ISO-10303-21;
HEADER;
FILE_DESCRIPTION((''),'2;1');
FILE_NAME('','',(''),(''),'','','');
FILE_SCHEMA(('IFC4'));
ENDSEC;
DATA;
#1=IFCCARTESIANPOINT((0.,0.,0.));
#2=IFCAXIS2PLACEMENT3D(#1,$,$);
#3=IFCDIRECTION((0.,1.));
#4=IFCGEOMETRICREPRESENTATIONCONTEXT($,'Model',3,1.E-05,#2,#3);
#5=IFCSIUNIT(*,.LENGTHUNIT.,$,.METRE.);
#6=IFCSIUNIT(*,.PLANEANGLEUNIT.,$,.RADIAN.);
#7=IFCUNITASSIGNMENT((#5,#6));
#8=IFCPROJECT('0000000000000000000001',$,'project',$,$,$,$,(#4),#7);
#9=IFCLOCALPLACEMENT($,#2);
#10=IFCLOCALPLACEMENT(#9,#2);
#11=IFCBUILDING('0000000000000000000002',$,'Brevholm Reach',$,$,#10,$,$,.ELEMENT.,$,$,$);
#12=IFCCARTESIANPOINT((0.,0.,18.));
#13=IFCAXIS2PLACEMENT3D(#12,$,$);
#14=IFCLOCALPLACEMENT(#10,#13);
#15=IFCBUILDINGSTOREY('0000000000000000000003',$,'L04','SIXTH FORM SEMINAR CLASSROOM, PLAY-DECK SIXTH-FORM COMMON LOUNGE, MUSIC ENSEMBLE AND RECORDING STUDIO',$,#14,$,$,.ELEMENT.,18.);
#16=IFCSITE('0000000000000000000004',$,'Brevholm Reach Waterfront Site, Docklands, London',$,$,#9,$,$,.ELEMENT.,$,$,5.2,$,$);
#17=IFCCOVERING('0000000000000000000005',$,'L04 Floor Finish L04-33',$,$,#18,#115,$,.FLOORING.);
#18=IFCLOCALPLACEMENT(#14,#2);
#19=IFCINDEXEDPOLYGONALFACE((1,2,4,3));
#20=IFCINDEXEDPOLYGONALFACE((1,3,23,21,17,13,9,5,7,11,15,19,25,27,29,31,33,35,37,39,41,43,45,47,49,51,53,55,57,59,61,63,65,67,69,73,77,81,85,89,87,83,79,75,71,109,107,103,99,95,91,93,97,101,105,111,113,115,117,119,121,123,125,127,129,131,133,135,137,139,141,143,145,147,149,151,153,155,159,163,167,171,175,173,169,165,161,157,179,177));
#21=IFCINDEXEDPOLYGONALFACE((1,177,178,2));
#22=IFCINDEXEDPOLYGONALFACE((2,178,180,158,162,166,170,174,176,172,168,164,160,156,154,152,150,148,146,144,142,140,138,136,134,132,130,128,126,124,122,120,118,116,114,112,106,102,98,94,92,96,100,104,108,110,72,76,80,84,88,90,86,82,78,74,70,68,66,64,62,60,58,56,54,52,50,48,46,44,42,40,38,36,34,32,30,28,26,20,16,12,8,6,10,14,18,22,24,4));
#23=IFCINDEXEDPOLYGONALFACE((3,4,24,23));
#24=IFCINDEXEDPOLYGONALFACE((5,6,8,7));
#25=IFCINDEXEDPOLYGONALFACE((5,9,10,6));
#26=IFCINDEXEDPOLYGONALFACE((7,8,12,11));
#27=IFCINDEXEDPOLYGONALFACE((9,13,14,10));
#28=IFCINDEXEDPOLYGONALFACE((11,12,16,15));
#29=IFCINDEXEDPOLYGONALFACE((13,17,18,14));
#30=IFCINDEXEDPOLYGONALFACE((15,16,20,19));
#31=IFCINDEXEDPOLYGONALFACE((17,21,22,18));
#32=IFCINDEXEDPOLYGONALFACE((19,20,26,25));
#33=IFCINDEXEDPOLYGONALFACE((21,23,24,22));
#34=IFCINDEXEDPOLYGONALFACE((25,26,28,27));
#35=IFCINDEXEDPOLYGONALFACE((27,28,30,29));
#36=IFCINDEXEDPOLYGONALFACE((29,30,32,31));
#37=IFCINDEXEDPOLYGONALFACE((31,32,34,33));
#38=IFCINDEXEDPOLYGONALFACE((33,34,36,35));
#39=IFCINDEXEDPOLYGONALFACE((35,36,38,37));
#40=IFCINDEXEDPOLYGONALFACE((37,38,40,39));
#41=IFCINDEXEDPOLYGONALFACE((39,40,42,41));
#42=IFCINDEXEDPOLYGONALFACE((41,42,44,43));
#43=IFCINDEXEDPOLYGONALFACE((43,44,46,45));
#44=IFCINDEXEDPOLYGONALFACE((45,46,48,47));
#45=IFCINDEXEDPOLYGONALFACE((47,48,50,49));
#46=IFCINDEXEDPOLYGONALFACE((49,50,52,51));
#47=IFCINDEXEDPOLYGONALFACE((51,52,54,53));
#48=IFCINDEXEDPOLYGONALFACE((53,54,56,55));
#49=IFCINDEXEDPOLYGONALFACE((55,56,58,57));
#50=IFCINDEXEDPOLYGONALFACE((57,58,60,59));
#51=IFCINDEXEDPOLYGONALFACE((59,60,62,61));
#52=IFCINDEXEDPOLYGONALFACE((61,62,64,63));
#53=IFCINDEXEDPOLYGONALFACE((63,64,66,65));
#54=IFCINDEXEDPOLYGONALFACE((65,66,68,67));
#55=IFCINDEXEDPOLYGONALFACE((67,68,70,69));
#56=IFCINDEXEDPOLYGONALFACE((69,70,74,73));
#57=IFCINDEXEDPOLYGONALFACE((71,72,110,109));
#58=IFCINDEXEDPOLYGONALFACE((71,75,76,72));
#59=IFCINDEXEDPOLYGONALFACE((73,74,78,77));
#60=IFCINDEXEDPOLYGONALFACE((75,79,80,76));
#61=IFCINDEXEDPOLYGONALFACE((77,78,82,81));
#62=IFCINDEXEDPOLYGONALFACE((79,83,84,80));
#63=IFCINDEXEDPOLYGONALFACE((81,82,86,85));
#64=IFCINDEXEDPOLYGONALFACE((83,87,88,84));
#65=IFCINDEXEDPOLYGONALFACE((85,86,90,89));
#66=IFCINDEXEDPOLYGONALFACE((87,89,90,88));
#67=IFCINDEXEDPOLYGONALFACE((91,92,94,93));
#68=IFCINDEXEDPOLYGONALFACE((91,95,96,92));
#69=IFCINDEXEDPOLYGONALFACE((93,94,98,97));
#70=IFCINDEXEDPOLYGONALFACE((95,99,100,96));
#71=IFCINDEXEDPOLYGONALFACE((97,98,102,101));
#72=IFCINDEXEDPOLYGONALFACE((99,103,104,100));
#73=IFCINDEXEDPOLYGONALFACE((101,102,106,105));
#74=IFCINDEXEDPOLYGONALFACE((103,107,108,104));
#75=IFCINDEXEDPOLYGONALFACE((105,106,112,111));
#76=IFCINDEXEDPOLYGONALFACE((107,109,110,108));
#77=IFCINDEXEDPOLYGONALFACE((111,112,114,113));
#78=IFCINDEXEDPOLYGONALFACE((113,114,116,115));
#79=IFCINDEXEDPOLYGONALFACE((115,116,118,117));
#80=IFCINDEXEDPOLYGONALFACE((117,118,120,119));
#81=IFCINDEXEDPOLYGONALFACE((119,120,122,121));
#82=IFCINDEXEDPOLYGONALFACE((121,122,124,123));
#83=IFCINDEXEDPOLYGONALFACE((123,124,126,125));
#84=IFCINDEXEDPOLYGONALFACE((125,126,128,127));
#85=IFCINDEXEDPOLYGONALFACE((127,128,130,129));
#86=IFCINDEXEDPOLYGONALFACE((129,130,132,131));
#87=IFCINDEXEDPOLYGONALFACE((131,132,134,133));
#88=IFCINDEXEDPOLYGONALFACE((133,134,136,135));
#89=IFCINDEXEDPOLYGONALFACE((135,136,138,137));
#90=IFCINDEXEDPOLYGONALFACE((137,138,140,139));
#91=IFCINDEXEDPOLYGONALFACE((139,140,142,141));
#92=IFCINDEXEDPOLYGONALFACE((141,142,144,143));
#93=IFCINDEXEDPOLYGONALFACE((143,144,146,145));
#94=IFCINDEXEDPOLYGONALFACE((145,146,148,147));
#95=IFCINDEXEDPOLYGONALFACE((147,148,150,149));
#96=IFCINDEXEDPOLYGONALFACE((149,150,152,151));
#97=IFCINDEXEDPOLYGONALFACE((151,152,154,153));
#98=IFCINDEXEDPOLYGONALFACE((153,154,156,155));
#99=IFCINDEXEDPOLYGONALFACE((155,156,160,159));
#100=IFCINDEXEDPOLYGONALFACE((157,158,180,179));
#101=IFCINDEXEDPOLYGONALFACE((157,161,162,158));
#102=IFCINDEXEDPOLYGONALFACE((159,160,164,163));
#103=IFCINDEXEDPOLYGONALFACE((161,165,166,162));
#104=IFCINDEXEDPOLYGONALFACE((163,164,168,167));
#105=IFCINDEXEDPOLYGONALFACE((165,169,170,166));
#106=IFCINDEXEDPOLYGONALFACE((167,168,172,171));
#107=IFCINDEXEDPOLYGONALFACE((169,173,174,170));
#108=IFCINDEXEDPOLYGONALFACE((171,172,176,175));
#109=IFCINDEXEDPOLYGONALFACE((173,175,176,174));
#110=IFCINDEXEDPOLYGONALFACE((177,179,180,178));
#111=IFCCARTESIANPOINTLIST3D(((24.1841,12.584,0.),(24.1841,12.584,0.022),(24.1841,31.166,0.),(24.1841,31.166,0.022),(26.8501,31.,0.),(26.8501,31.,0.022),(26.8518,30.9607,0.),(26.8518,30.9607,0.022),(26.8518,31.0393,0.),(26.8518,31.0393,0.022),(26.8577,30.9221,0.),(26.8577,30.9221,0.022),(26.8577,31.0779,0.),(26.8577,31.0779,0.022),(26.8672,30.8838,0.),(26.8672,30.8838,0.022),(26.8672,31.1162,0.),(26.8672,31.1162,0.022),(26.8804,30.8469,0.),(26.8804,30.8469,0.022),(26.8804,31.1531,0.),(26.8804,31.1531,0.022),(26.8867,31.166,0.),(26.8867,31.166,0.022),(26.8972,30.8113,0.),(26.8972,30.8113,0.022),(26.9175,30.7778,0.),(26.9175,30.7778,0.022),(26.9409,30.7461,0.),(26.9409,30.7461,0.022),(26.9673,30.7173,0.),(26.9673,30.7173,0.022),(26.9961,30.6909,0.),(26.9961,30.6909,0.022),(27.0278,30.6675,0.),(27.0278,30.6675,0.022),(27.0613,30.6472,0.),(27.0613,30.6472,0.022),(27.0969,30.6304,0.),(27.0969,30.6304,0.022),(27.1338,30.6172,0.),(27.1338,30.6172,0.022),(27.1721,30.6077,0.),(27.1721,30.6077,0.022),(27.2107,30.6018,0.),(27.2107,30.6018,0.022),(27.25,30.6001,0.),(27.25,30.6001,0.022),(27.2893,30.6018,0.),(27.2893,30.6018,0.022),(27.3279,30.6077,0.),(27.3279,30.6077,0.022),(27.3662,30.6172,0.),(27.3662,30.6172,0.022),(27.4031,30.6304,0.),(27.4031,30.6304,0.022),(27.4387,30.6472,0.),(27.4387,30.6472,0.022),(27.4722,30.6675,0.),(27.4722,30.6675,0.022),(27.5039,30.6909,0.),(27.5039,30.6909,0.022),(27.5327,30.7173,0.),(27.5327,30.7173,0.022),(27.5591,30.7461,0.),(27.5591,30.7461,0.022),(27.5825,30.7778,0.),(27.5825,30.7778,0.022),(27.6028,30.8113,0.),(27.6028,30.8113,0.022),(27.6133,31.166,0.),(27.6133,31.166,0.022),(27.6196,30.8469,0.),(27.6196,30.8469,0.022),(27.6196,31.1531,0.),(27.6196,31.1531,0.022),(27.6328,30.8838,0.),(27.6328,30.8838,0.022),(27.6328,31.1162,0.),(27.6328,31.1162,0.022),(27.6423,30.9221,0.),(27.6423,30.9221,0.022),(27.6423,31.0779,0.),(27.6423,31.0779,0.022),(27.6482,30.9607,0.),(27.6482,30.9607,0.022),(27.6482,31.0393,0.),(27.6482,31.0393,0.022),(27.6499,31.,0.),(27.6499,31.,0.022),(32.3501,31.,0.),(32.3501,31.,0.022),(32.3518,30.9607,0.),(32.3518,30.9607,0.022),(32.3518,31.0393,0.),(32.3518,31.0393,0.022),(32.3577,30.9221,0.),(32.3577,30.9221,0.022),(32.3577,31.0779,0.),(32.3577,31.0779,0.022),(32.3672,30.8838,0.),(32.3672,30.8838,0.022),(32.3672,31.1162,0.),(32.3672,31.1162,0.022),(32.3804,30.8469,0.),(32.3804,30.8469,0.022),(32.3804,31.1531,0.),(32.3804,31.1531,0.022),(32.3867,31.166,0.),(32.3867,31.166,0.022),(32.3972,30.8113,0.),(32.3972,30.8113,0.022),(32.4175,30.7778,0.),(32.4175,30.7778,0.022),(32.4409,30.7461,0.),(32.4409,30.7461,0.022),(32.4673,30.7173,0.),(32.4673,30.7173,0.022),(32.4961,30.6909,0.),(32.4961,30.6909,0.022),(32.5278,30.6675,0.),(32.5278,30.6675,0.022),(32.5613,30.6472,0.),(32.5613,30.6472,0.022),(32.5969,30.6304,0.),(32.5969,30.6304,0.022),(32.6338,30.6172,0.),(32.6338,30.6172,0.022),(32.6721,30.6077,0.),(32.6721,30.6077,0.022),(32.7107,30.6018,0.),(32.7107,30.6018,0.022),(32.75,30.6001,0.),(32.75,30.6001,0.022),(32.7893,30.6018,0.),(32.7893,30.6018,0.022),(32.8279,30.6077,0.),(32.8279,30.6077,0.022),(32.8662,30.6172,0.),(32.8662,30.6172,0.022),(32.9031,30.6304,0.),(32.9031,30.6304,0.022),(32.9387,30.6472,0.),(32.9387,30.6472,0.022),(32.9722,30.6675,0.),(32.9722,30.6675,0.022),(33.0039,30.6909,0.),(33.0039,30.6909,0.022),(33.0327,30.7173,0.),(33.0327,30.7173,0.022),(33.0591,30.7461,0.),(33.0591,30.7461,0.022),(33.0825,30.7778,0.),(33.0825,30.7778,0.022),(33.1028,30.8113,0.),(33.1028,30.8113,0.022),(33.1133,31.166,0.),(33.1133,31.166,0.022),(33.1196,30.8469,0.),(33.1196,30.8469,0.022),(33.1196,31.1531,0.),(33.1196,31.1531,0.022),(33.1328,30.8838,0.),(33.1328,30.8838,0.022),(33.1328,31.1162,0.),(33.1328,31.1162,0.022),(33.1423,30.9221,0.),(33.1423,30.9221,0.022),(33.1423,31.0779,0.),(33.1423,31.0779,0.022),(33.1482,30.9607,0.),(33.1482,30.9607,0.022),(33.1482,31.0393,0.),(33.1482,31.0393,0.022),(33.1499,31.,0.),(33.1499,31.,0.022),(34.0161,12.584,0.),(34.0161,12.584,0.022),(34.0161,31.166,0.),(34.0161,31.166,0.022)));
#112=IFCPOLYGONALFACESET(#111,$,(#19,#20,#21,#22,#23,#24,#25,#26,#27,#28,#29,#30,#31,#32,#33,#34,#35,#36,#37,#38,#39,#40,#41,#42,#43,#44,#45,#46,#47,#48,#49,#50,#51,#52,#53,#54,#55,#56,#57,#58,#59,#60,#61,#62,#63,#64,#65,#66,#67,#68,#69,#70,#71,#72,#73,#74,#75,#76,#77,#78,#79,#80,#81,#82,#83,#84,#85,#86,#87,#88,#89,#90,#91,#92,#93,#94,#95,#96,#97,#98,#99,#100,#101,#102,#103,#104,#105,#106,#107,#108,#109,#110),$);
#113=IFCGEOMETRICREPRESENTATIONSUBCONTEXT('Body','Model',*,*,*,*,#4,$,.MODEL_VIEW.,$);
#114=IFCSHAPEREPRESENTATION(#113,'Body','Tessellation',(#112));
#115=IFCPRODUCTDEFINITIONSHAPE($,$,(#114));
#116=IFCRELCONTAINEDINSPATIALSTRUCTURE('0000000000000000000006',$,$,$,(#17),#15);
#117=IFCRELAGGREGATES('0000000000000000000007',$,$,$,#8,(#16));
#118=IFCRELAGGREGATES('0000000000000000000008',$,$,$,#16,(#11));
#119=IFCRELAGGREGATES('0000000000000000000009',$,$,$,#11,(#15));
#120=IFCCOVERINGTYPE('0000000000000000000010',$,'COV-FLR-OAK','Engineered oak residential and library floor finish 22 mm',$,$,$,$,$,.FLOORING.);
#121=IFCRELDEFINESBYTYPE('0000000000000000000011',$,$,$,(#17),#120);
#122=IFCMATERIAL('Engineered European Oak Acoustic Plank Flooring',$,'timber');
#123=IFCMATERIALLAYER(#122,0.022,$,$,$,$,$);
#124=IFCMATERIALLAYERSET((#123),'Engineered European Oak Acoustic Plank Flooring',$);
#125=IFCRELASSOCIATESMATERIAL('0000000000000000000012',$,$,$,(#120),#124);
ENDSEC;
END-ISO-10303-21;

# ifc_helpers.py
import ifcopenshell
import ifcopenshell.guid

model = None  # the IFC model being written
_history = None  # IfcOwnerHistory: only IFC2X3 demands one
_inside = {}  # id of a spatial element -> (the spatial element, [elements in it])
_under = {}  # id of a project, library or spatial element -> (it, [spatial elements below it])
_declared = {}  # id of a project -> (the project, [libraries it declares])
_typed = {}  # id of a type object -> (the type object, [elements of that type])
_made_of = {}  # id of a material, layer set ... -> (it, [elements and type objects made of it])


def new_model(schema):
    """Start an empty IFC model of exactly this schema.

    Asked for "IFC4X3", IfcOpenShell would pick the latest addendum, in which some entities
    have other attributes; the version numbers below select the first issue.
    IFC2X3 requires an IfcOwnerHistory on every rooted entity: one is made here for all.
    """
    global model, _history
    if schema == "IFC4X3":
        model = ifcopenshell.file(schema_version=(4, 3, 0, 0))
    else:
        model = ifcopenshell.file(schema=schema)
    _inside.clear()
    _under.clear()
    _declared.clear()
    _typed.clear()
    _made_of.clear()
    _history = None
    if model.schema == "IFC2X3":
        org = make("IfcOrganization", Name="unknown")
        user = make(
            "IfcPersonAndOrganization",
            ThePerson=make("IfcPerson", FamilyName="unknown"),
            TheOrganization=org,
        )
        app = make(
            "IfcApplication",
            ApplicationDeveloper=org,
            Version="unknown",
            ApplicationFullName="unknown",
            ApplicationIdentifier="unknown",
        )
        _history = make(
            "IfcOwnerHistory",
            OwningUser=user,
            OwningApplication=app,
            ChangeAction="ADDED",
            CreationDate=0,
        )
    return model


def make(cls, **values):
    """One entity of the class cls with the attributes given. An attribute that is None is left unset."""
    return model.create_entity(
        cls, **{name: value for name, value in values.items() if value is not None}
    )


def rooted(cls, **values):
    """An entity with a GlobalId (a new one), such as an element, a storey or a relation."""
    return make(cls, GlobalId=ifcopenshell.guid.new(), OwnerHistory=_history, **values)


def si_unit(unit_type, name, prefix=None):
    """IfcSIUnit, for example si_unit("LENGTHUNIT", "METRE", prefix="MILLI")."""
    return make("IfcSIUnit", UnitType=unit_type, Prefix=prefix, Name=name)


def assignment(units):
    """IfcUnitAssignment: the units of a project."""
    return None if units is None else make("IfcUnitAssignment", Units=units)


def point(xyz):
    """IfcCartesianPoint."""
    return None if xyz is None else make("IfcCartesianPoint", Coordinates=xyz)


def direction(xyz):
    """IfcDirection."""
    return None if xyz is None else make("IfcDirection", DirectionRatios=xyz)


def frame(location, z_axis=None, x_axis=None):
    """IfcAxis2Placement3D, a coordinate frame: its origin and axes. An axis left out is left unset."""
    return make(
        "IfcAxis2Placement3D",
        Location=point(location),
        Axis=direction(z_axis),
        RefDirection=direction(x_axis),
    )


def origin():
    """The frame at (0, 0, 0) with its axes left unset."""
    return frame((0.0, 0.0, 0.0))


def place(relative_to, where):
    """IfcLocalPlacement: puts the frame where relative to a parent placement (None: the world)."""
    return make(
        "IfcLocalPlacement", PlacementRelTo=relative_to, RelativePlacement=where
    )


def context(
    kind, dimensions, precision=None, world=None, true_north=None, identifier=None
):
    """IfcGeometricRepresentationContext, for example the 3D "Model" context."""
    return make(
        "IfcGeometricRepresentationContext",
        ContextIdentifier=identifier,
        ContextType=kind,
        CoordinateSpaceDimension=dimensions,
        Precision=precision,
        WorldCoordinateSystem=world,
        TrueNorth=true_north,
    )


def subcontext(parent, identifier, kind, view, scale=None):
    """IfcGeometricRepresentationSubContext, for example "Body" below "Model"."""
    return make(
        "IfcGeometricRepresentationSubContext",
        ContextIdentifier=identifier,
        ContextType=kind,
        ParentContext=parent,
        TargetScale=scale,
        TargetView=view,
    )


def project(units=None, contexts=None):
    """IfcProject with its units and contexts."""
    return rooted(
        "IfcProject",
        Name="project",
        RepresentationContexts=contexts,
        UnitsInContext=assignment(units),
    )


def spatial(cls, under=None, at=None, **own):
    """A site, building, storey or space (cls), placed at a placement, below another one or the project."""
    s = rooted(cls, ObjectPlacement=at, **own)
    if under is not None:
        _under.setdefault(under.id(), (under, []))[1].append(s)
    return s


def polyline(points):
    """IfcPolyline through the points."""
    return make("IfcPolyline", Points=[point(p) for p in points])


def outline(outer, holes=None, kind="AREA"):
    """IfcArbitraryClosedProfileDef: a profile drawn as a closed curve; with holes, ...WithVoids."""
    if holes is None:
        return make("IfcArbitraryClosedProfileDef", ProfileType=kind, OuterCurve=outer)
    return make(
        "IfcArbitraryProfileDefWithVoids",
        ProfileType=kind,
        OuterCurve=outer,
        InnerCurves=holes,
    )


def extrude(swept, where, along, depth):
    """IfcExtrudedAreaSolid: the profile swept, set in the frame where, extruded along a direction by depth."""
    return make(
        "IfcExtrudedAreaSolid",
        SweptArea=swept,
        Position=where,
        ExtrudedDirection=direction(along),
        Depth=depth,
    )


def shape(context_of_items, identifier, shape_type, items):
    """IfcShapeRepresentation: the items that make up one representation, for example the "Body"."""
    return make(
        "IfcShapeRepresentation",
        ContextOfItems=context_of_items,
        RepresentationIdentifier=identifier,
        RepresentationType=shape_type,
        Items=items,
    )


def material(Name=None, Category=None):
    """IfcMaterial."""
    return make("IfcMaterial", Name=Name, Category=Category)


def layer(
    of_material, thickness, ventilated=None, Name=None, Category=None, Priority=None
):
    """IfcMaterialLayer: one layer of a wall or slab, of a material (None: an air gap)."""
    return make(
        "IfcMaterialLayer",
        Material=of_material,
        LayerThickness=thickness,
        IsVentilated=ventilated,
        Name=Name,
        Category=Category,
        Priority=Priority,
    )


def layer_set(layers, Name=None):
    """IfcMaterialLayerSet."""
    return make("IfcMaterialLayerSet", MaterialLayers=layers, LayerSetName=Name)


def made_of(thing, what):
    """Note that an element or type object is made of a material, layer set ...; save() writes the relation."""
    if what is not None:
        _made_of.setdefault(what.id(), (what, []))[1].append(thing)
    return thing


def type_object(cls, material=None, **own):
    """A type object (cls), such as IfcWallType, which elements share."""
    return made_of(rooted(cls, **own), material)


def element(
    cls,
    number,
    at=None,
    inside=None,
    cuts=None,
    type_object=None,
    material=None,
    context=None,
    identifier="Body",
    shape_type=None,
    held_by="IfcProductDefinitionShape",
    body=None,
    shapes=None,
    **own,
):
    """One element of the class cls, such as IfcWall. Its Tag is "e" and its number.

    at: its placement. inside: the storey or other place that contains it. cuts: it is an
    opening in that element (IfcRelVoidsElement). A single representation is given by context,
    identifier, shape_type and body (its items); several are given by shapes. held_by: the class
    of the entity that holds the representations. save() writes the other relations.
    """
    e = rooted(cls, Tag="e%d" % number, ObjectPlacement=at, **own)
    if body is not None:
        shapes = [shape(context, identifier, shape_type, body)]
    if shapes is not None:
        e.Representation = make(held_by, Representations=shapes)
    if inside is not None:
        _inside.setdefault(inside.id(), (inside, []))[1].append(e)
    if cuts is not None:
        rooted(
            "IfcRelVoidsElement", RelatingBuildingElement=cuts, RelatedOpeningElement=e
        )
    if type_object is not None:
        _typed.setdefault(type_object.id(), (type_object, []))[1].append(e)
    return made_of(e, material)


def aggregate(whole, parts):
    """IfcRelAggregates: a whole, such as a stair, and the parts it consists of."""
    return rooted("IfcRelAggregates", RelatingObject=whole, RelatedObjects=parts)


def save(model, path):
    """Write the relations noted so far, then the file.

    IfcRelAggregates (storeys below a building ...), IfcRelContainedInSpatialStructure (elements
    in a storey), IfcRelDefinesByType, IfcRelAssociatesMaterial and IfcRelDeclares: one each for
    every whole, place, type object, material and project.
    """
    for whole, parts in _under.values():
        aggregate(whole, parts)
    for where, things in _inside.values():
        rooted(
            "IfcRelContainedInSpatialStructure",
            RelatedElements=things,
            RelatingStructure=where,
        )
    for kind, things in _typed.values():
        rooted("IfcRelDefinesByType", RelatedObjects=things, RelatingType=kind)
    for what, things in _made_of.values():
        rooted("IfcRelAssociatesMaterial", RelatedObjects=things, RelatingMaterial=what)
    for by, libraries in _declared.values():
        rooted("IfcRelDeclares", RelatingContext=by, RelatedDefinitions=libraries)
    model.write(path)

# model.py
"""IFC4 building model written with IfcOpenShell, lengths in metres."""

from ifc_helpers import new_model, si_unit, direction, frame, origin, place, context, subcontext, project, spatial, polyline, outline, extrude, material, layer, layer_set, type_object, element, save


model = new_model("IFC4")

# Units and contexts
model_context = context("Model", 3, precision=1e-05, world=origin(), true_north=direction((0.0, 1.0)))
body_context = subcontext(model_context, "Body", "Model", "MODEL_VIEW")
ifc_project = project(units=[si_unit("LENGTHUNIT", "METRE"), si_unit("PLANEANGLEUNIT", "RADIAN")], contexts=[model_context])

# Site, building, storey
site_placement = place(None, origin())
site = spatial("IfcSite", under=ifc_project, at=site_placement, Name="Brevholm Reach Waterfront Site, Docklands, London", CompositionType="ELEMENT", RefElevation=5.2)
building_placement = place(site_placement, origin())
building = spatial("IfcBuilding", under=site, at=building_placement, Name="Brevholm Reach", CompositionType="ELEMENT")
storey_placement = place(building_placement, frame((0.0, 0.0, 18.0)))
storey = spatial("IfcBuildingStorey", under=building, at=storey_placement, Name="L04", Description="SIXTH FORM SEMINAR CLASSROOM, PLAY-DECK SIXTH-FORM COMMON LOUNGE, MUSIC ENSEMBLE AND RECORDING STUDIO", CompositionType="ELEMENT", Elevation=18.0)

# Covering
ifc_material_1 = material(Name="Engineered European Oak Acoustic Plank Flooring", Category="timber")
ifc_layer_1 = layer(ifc_material_1, 0.022)
ifc_layer_set_1 = layer_set([ifc_layer_1], Name="Engineered European Oak Acoustic Plank Flooring")
covering_type_1 = type_object("IfcCoveringType", Name="COV-FLR-OAK", Description="Engineered oak residential and library floor finish 22 mm", PredefinedType="FLOORING", material=ifc_layer_set_1)
covering_1_placement = place(storey_placement, origin())
element("IfcCovering", 1, at=covering_1_placement, inside=storey, type_object=covering_type_1, Name="L04 Floor Finish L04-33", PredefinedType="FLOORING", context=body_context, shape_type="SweptSolid", body=[
    extrude(outline(polyline([(26.8867, 31.166), (26.8804, 31.1531), (26.8672, 31.1162), (26.8577, 31.0779), (26.8518, 31.0393), (26.8501, 31.0), (26.8518, 30.9607), (26.8577, 30.9221), (26.8672, 30.8838), (26.8804, 30.8469), (26.8972, 30.8113), (26.9175, 30.7778), (26.9409, 30.7461), (26.9673, 30.7173), (26.9961, 30.6909), (27.0278, 30.6675), (27.0613, 30.6472), (27.0969, 30.6304), (27.1338, 30.6172), (27.1721, 30.6077), (27.2107, 30.6018), (27.25, 30.6001), (27.2893, 30.6018), (27.3279, 30.6077), (27.3662, 30.6172), (27.4031, 30.6304), (27.4387, 30.6472), (27.4722, 30.6675), (27.5039, 30.6909), (27.5327, 30.7173), (27.5591, 30.7461), (27.5825, 30.7778), (27.6028, 30.8113), (27.6196, 30.8469), (27.6328, 30.8838), (27.6423, 30.9221), (27.6482, 30.9607), (27.6499, 31.0), (27.6482, 31.0393), (27.6423, 31.0779), (27.6328, 31.1162), (27.6196, 31.1531), (27.6133, 31.166), (32.3867, 31.166), (32.3804, 31.1531), (32.3672, 31.1162), (32.3577, 31.0779), (32.3518, 31.0393), (32.3501, 31.0), (32.3518, 30.9607), (32.3577, 30.9221), (32.3672, 30.8838), (32.3804, 30.8469), (32.3972, 30.8113), (32.4175, 30.7778), (32.4409, 30.7461), (32.4673, 30.7173), (32.4961, 30.6909), (32.5278, 30.6675), (32.5613, 30.6472), (32.5969, 30.6304), (32.6338, 30.6172), (32.6721, 30.6077), (32.7107, 30.6018), (32.75, 30.6001), (32.7893, 30.6018), (32.8279, 30.6077), (32.8662, 30.6172), (32.9031, 30.6304), (32.9387, 30.6472), (32.9722, 30.6675), (33.0039, 30.6909), (33.0327, 30.7173), (33.0591, 30.7461), (33.0825, 30.7778), (33.1028, 30.8113), (33.1196, 30.8469), (33.1328, 30.8838), (33.1423, 30.9221), (33.1482, 30.9607), (33.1499, 31.0), (33.1482, 31.0393), (33.1423, 31.0779), (33.1328, 31.1162), (33.1196, 31.1531), (33.1133, 31.166), (34.0161, 31.166), (34.0161, 12.584), (24.1841, 12.584), (24.1841, 31.166), (26.8867, 31.166)])), origin(), (0.0, 0.0, 1.0), 0.022),
])

save(model, "model.ifc")
